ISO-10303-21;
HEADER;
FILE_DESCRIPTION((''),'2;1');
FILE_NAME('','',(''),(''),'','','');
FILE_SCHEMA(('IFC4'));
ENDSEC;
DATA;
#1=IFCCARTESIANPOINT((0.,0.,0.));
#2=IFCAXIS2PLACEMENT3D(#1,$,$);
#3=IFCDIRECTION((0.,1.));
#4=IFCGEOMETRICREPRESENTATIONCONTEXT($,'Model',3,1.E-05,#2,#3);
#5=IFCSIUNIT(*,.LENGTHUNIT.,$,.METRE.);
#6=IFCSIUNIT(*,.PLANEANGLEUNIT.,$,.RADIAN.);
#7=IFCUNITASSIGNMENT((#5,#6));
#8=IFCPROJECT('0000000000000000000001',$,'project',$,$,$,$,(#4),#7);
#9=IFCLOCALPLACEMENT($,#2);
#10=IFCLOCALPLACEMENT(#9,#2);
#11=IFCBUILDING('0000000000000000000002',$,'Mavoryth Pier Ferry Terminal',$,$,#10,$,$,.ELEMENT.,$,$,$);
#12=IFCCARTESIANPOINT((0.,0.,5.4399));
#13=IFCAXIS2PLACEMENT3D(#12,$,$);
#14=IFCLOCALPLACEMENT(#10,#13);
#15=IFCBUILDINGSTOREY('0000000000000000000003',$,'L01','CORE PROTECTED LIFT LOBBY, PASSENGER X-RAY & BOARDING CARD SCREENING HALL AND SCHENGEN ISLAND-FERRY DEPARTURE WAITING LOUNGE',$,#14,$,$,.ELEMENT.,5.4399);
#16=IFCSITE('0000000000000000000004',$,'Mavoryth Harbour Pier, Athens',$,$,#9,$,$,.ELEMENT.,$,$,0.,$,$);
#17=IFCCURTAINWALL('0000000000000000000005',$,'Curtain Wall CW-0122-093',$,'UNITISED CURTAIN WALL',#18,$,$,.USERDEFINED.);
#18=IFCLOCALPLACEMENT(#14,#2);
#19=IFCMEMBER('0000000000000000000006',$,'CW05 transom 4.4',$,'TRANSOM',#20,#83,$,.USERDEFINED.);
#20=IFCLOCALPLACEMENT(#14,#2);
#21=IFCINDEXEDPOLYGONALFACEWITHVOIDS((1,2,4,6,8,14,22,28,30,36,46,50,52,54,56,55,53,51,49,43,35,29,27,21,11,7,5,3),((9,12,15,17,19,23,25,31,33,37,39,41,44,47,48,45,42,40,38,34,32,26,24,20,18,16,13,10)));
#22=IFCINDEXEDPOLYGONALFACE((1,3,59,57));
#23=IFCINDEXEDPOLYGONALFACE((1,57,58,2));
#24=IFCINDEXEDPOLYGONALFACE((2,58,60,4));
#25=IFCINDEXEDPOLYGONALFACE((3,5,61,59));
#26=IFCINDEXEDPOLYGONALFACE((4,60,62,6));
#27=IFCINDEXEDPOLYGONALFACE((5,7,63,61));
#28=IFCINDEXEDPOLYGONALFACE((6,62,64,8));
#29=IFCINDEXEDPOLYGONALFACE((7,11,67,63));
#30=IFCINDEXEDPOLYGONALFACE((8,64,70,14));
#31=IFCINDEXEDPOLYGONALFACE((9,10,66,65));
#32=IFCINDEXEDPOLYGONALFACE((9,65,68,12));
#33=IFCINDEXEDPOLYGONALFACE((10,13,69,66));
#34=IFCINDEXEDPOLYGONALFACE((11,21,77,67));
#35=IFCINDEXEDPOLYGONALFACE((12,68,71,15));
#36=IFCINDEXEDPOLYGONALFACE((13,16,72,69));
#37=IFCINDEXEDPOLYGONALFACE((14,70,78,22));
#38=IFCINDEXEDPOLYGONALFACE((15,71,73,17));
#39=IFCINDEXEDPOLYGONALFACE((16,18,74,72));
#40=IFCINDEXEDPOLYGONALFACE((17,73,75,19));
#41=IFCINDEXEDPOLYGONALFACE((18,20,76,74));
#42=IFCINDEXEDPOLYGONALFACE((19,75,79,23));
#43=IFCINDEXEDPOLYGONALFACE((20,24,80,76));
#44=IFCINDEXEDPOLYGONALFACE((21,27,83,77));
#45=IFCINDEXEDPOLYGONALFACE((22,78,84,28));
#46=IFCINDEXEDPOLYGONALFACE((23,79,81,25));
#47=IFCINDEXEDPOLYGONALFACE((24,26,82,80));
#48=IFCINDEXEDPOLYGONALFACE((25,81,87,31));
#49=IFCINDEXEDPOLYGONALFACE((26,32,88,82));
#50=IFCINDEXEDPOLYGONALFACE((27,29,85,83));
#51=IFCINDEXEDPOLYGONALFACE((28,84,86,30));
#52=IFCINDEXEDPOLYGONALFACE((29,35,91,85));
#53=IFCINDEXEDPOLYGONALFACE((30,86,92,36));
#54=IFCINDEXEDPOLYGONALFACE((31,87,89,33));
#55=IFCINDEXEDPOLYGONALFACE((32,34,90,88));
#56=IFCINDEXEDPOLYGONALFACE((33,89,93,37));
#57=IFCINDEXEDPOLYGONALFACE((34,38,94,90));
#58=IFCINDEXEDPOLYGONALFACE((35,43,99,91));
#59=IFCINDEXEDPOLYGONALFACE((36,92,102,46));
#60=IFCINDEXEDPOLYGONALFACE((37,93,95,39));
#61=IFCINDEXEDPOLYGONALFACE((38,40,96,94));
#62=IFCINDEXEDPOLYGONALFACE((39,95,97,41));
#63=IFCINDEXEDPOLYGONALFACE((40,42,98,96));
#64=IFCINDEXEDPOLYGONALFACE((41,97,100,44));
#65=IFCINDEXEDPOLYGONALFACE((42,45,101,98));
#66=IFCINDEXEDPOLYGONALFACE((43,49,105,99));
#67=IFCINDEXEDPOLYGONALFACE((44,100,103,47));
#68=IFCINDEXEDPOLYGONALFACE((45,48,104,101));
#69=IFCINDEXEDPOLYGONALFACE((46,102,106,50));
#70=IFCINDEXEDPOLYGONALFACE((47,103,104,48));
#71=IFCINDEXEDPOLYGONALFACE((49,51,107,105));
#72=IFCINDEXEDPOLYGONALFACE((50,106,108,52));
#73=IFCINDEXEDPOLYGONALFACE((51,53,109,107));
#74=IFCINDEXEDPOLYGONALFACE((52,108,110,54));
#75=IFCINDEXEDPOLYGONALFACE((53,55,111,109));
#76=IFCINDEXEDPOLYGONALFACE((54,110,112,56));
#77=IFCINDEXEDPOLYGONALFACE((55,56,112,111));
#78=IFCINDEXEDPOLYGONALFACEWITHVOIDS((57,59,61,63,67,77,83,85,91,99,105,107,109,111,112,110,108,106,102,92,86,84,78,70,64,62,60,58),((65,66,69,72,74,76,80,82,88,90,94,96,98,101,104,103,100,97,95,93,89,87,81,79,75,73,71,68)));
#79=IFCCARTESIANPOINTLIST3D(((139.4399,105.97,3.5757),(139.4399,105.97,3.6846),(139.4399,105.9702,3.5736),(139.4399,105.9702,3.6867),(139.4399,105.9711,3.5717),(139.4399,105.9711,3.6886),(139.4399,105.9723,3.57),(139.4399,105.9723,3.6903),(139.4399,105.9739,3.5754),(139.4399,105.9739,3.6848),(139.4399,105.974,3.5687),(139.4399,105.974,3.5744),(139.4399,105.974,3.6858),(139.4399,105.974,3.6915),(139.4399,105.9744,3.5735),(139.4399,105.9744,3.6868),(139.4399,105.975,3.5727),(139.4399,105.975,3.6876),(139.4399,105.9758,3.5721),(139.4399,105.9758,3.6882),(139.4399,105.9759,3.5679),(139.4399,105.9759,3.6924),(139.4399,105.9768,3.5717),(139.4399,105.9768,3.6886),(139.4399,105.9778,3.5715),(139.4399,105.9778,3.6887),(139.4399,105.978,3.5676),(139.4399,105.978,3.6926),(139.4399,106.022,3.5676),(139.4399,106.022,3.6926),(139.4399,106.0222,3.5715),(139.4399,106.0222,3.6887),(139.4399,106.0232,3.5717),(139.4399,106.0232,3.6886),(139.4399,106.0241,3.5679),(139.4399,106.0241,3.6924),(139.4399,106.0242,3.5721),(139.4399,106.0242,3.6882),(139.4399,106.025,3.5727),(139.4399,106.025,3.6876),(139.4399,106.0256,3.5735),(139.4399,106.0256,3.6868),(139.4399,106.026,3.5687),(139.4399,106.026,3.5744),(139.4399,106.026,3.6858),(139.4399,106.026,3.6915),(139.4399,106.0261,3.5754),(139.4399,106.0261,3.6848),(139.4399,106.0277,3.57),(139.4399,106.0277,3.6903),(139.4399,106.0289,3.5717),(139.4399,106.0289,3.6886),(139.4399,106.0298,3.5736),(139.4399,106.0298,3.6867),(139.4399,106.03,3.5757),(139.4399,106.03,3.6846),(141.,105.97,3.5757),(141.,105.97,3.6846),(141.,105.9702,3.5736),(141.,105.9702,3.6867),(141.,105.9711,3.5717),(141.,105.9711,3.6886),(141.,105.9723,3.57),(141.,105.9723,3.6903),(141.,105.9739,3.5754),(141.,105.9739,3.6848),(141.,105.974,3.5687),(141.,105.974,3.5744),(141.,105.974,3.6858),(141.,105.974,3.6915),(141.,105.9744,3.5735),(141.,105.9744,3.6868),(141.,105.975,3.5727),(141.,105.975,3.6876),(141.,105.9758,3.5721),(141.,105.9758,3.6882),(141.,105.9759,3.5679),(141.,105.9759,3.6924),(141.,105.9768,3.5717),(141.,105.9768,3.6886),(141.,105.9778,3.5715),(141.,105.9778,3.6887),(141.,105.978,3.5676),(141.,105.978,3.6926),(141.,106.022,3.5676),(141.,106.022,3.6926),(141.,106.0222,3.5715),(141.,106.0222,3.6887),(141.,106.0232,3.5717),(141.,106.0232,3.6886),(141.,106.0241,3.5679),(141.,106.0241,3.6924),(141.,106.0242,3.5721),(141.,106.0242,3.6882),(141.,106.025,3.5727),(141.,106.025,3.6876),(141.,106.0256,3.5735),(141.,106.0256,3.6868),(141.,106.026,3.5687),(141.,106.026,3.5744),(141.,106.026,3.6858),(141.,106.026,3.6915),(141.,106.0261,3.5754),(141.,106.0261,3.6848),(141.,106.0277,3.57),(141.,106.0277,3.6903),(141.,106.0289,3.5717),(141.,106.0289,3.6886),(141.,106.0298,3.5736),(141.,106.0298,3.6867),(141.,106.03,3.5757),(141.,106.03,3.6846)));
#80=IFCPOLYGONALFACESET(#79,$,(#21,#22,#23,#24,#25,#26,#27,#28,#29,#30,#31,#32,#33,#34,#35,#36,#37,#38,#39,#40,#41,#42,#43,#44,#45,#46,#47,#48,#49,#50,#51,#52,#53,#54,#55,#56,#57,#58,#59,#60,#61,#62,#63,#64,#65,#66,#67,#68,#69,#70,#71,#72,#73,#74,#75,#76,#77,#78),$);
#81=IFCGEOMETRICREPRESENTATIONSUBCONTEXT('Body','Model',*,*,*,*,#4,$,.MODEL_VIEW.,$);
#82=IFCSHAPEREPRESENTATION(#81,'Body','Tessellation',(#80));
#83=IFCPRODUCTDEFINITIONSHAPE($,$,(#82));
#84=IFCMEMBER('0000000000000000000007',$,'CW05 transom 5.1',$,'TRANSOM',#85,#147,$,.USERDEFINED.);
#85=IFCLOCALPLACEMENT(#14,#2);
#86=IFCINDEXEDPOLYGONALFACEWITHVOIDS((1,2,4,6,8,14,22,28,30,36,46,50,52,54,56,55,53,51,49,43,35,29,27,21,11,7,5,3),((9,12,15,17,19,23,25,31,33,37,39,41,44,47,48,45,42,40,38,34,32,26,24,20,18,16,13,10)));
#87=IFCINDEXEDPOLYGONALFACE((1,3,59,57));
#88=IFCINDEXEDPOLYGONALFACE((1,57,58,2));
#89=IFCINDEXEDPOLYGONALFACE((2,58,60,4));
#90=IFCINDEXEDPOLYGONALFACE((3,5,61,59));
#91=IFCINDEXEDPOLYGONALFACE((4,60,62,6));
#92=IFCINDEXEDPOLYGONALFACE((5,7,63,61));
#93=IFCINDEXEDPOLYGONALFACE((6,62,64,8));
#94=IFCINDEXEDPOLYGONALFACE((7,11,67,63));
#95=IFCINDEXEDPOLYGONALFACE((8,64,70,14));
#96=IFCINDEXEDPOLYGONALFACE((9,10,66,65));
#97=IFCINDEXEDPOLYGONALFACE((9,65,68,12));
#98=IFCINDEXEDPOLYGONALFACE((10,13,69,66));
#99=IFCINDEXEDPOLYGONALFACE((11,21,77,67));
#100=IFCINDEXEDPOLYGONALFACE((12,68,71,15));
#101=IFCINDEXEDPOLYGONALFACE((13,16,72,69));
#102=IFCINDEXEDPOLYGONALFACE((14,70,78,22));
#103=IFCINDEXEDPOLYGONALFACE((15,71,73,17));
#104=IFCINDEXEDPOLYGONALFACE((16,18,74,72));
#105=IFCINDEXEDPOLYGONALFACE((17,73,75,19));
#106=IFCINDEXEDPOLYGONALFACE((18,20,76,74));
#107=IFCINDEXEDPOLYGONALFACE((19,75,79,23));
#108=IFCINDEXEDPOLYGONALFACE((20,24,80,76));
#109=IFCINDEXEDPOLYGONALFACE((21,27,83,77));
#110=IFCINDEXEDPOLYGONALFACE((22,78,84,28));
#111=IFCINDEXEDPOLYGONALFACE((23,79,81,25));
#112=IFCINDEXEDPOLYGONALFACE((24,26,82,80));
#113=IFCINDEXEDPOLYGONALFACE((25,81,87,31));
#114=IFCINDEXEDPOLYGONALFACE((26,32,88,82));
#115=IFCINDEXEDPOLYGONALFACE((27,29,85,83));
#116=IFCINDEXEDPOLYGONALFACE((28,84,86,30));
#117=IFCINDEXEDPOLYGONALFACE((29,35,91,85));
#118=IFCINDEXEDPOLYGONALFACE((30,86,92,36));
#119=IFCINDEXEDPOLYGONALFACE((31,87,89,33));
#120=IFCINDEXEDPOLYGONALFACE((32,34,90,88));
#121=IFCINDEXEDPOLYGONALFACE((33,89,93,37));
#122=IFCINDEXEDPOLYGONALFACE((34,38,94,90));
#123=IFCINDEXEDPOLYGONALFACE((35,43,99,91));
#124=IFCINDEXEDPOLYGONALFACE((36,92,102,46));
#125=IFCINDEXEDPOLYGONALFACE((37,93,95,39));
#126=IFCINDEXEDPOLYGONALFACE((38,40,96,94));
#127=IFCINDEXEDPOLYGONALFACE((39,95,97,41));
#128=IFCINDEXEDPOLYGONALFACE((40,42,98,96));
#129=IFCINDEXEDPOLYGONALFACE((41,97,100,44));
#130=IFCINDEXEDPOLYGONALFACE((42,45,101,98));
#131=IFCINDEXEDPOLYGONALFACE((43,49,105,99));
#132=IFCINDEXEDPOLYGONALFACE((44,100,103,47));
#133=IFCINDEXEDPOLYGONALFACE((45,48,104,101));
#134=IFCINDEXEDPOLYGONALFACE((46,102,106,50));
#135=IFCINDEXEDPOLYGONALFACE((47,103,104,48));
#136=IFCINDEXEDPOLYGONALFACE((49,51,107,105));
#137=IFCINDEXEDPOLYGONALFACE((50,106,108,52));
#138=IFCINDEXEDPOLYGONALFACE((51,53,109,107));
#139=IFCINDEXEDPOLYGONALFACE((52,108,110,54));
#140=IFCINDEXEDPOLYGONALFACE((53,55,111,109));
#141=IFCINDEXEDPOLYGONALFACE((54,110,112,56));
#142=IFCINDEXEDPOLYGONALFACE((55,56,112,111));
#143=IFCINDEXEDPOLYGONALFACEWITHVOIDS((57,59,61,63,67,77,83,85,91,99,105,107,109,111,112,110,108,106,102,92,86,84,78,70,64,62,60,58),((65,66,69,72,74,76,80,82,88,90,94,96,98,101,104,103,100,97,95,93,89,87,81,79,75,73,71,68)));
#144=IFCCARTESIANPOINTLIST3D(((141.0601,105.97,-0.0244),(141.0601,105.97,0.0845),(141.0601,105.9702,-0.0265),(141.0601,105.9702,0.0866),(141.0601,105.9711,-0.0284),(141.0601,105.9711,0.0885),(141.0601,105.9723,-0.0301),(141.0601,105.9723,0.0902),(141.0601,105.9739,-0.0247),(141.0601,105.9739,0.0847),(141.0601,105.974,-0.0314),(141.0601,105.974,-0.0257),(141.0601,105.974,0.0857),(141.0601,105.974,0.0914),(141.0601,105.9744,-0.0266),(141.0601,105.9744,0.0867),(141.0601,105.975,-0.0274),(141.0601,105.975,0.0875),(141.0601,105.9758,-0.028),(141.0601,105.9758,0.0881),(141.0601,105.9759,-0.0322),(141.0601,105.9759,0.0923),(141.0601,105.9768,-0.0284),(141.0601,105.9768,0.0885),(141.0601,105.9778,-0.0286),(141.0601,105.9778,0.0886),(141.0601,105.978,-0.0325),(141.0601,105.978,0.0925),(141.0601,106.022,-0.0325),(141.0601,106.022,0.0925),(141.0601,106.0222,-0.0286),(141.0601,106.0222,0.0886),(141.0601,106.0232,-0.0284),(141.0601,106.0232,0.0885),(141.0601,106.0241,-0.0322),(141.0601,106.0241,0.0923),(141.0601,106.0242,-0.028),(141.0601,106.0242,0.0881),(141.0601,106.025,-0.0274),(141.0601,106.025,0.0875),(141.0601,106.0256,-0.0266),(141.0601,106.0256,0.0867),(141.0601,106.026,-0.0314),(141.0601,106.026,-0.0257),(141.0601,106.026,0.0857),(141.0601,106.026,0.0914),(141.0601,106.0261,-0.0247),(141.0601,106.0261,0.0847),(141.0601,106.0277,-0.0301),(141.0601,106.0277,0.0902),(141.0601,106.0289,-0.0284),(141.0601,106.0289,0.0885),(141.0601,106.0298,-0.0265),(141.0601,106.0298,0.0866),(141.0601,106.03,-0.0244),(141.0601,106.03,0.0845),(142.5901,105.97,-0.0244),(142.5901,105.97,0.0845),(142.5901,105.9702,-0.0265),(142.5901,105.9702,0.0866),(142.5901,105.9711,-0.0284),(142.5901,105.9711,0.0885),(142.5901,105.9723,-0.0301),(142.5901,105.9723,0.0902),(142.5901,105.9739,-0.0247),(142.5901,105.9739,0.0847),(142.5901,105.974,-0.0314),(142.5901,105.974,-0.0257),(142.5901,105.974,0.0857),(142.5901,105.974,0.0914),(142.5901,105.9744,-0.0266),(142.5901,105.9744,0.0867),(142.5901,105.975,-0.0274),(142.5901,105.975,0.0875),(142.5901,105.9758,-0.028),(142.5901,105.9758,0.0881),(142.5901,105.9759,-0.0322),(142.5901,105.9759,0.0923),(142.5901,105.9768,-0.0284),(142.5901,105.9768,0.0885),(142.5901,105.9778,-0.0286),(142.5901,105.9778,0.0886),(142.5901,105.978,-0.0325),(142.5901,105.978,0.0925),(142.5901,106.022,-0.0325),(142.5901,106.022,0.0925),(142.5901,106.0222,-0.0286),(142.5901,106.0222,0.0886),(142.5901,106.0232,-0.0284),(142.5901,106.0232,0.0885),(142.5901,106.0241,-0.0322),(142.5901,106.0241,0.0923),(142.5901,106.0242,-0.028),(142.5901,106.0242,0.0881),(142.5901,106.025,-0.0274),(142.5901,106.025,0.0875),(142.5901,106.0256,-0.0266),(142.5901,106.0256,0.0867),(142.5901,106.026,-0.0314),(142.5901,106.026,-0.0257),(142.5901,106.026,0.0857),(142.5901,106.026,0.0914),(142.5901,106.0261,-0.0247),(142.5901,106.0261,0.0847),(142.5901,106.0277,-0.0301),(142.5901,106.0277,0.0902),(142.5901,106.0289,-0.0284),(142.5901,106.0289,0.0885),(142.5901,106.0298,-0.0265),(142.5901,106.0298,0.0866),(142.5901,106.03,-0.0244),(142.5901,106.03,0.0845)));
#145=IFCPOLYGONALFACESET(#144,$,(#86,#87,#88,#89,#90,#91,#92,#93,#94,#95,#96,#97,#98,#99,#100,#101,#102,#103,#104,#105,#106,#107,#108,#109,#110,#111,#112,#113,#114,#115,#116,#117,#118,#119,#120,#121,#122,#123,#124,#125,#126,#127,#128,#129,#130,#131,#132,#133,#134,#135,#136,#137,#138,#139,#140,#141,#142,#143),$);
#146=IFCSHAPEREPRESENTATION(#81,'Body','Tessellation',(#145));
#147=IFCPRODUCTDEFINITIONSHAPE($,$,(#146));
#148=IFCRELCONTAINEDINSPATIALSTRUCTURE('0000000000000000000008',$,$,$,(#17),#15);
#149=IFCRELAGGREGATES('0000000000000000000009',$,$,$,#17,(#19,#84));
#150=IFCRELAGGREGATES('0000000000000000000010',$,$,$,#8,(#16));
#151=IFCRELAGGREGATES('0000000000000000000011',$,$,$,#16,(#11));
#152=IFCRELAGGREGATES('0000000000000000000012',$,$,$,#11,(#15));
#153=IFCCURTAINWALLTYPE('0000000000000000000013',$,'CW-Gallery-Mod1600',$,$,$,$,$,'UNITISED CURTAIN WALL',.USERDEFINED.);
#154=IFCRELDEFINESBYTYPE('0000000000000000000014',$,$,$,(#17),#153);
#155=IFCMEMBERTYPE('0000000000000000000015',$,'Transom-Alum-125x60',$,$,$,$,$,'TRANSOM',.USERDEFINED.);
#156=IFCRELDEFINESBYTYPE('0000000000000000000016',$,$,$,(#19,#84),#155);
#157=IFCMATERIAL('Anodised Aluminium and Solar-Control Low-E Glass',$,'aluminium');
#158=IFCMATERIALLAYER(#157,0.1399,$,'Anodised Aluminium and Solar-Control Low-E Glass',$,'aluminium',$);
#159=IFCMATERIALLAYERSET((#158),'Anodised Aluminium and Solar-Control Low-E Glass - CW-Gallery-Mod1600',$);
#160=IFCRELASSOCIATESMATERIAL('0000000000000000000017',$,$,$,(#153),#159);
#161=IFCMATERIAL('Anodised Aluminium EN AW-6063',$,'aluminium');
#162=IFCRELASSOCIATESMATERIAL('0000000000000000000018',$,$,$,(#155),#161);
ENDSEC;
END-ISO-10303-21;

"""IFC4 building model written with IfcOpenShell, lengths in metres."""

from ifc_helpers import new_model, si_unit, direction, frame, origin, origin_2d, place, context, subcontext, project, spatial, hollow_rectangle, extrude, material, layer, layer_set, material_profile, profile_set, type_object, element, aggregate, save


model = new_model("IFC4")

# Units and contexts
model_context = context("Model", 3, precision=1e-05, world=origin(), true_north=direction((0.0, 1.0)))
body_context = subcontext(model_context, "Body", "Model", "MODEL_VIEW")
ifc_project = project(units=[si_unit("LENGTHUNIT", "METRE"), si_unit("PLANEANGLEUNIT", "RADIAN")], contexts=[model_context])

# Site, building, storey
site_placement = place(None, origin())
site = spatial("IfcSite", under=ifc_project, at=site_placement, Name="Mavoryth Harbour Pier, Athens", CompositionType="ELEMENT", RefElevation=0.0)
building_placement = place(site_placement, origin())
building = spatial("IfcBuilding", under=site, at=building_placement, Name="Mavoryth Pier Ferry Terminal", CompositionType="ELEMENT")
storey_placement = place(building_placement, frame((0.0, 0.0, 5.4399)))
storey = spatial("IfcBuildingStorey", under=building, at=storey_placement, Name="L01", Description="CORE PROTECTED LIFT LOBBY, PASSENGER X-RAY & BOARDING CARD SCREENING HALL AND SCHENGEN ISLAND-FERRY DEPARTURE WAITING LOUNGE", CompositionType="ELEMENT", Elevation=5.4399)

# Curtain wall, members
ifc_material_1 = material(Name="Anodised Aluminium and Solar-Control Low-E Glass", Category="aluminium")
ifc_layer_1 = layer(ifc_material_1, 0.1399, Name="Anodised Aluminium and Solar-Control Low-E Glass", Category="aluminium")
ifc_layer_set_1 = layer_set([ifc_layer_1], Name="Anodised Aluminium and Solar-Control Low-E Glass - CW-Gallery-Mod1600")
curtain_wall_type = type_object("IfcCurtainWallType", Name="CW-Gallery-Mod1600", ElementType="UNITISED CURTAIN WALL", PredefinedType="USERDEFINED", material=ifc_layer_set_1)
curtain_wall_1_placement = place(storey_placement, origin())
curtain_wall_1 = element("IfcCurtainWall", 1, at=curtain_wall_1_placement, inside=storey, type_object=curtain_wall_type, Name="Curtain Wall CW-0122-093", ObjectType="UNITISED CURTAIN WALL", PredefinedType="USERDEFINED")
ifc_material_2 = material(Name="Anodised Aluminium EN AW-6063", Category="aluminium")
ifc_material_profile_1 = material_profile(ifc_material_2, hollow_rectangle(XDim=0.0601, YDim=0.125, WallThickness=0.0039, InnerFilletRadius=0.0039, OuterFilletRadius=0.0081, at=origin_2d()), Name="AL-TRAN 125x60x4", Category="aluminium")
ifc_profile_set_1 = profile_set([ifc_material_profile_1], Name="Anodised Aluminium EN AW-6063 - AL-TRAN 125x60x4")
member_type_1 = type_object("IfcMemberType", Name="Transom-Alum-125x60", ElementType="TRANSOM", PredefinedType="USERDEFINED", material=ifc_profile_set_1)
member_1_placement = place(storey_placement, frame((139.4399, 106.0, 3.6301), z_axis=(1.0, 0.0, 0.0), x_axis=(0.0, 1.0, 0.0)))
member_1 = element("IfcMember", 2, at=member_1_placement, type_object=member_type_1, Name="CW05 transom 4.4", ObjectType="TRANSOM", PredefinedType="USERDEFINED", context=body_context, shape_type="SweptSolid", body=[
    extrude(hollow_rectangle(XDim=0.0601, YDim=0.125, WallThickness=0.0039, InnerFilletRadius=0.0039, OuterFilletRadius=0.0081, at=origin_2d()), origin(), (0.0, 0.0, 1.0), 1.5601),
])
member_2_placement = place(storey_placement, frame((141.0601, 106.0, 0.03), z_axis=(1.0, 0.0, 0.0), x_axis=(0.0, 1.0, 0.0)))
member_2 = element("IfcMember", 3, at=member_2_placement, type_object=member_type_1, Name="CW05 transom 5.1", ObjectType="TRANSOM", PredefinedType="USERDEFINED", context=body_context, shape_type="SweptSolid", body=[
    extrude(hollow_rectangle(XDim=0.0601, YDim=0.125, WallThickness=0.0039, InnerFilletRadius=0.0039, OuterFilletRadius=0.0081, at=origin_2d()), origin(), (0.0, 0.0, 1.0), 1.53),
])

aggregate(curtain_wall_1, [member_1, member_2])

save(model, "model.ifc")
